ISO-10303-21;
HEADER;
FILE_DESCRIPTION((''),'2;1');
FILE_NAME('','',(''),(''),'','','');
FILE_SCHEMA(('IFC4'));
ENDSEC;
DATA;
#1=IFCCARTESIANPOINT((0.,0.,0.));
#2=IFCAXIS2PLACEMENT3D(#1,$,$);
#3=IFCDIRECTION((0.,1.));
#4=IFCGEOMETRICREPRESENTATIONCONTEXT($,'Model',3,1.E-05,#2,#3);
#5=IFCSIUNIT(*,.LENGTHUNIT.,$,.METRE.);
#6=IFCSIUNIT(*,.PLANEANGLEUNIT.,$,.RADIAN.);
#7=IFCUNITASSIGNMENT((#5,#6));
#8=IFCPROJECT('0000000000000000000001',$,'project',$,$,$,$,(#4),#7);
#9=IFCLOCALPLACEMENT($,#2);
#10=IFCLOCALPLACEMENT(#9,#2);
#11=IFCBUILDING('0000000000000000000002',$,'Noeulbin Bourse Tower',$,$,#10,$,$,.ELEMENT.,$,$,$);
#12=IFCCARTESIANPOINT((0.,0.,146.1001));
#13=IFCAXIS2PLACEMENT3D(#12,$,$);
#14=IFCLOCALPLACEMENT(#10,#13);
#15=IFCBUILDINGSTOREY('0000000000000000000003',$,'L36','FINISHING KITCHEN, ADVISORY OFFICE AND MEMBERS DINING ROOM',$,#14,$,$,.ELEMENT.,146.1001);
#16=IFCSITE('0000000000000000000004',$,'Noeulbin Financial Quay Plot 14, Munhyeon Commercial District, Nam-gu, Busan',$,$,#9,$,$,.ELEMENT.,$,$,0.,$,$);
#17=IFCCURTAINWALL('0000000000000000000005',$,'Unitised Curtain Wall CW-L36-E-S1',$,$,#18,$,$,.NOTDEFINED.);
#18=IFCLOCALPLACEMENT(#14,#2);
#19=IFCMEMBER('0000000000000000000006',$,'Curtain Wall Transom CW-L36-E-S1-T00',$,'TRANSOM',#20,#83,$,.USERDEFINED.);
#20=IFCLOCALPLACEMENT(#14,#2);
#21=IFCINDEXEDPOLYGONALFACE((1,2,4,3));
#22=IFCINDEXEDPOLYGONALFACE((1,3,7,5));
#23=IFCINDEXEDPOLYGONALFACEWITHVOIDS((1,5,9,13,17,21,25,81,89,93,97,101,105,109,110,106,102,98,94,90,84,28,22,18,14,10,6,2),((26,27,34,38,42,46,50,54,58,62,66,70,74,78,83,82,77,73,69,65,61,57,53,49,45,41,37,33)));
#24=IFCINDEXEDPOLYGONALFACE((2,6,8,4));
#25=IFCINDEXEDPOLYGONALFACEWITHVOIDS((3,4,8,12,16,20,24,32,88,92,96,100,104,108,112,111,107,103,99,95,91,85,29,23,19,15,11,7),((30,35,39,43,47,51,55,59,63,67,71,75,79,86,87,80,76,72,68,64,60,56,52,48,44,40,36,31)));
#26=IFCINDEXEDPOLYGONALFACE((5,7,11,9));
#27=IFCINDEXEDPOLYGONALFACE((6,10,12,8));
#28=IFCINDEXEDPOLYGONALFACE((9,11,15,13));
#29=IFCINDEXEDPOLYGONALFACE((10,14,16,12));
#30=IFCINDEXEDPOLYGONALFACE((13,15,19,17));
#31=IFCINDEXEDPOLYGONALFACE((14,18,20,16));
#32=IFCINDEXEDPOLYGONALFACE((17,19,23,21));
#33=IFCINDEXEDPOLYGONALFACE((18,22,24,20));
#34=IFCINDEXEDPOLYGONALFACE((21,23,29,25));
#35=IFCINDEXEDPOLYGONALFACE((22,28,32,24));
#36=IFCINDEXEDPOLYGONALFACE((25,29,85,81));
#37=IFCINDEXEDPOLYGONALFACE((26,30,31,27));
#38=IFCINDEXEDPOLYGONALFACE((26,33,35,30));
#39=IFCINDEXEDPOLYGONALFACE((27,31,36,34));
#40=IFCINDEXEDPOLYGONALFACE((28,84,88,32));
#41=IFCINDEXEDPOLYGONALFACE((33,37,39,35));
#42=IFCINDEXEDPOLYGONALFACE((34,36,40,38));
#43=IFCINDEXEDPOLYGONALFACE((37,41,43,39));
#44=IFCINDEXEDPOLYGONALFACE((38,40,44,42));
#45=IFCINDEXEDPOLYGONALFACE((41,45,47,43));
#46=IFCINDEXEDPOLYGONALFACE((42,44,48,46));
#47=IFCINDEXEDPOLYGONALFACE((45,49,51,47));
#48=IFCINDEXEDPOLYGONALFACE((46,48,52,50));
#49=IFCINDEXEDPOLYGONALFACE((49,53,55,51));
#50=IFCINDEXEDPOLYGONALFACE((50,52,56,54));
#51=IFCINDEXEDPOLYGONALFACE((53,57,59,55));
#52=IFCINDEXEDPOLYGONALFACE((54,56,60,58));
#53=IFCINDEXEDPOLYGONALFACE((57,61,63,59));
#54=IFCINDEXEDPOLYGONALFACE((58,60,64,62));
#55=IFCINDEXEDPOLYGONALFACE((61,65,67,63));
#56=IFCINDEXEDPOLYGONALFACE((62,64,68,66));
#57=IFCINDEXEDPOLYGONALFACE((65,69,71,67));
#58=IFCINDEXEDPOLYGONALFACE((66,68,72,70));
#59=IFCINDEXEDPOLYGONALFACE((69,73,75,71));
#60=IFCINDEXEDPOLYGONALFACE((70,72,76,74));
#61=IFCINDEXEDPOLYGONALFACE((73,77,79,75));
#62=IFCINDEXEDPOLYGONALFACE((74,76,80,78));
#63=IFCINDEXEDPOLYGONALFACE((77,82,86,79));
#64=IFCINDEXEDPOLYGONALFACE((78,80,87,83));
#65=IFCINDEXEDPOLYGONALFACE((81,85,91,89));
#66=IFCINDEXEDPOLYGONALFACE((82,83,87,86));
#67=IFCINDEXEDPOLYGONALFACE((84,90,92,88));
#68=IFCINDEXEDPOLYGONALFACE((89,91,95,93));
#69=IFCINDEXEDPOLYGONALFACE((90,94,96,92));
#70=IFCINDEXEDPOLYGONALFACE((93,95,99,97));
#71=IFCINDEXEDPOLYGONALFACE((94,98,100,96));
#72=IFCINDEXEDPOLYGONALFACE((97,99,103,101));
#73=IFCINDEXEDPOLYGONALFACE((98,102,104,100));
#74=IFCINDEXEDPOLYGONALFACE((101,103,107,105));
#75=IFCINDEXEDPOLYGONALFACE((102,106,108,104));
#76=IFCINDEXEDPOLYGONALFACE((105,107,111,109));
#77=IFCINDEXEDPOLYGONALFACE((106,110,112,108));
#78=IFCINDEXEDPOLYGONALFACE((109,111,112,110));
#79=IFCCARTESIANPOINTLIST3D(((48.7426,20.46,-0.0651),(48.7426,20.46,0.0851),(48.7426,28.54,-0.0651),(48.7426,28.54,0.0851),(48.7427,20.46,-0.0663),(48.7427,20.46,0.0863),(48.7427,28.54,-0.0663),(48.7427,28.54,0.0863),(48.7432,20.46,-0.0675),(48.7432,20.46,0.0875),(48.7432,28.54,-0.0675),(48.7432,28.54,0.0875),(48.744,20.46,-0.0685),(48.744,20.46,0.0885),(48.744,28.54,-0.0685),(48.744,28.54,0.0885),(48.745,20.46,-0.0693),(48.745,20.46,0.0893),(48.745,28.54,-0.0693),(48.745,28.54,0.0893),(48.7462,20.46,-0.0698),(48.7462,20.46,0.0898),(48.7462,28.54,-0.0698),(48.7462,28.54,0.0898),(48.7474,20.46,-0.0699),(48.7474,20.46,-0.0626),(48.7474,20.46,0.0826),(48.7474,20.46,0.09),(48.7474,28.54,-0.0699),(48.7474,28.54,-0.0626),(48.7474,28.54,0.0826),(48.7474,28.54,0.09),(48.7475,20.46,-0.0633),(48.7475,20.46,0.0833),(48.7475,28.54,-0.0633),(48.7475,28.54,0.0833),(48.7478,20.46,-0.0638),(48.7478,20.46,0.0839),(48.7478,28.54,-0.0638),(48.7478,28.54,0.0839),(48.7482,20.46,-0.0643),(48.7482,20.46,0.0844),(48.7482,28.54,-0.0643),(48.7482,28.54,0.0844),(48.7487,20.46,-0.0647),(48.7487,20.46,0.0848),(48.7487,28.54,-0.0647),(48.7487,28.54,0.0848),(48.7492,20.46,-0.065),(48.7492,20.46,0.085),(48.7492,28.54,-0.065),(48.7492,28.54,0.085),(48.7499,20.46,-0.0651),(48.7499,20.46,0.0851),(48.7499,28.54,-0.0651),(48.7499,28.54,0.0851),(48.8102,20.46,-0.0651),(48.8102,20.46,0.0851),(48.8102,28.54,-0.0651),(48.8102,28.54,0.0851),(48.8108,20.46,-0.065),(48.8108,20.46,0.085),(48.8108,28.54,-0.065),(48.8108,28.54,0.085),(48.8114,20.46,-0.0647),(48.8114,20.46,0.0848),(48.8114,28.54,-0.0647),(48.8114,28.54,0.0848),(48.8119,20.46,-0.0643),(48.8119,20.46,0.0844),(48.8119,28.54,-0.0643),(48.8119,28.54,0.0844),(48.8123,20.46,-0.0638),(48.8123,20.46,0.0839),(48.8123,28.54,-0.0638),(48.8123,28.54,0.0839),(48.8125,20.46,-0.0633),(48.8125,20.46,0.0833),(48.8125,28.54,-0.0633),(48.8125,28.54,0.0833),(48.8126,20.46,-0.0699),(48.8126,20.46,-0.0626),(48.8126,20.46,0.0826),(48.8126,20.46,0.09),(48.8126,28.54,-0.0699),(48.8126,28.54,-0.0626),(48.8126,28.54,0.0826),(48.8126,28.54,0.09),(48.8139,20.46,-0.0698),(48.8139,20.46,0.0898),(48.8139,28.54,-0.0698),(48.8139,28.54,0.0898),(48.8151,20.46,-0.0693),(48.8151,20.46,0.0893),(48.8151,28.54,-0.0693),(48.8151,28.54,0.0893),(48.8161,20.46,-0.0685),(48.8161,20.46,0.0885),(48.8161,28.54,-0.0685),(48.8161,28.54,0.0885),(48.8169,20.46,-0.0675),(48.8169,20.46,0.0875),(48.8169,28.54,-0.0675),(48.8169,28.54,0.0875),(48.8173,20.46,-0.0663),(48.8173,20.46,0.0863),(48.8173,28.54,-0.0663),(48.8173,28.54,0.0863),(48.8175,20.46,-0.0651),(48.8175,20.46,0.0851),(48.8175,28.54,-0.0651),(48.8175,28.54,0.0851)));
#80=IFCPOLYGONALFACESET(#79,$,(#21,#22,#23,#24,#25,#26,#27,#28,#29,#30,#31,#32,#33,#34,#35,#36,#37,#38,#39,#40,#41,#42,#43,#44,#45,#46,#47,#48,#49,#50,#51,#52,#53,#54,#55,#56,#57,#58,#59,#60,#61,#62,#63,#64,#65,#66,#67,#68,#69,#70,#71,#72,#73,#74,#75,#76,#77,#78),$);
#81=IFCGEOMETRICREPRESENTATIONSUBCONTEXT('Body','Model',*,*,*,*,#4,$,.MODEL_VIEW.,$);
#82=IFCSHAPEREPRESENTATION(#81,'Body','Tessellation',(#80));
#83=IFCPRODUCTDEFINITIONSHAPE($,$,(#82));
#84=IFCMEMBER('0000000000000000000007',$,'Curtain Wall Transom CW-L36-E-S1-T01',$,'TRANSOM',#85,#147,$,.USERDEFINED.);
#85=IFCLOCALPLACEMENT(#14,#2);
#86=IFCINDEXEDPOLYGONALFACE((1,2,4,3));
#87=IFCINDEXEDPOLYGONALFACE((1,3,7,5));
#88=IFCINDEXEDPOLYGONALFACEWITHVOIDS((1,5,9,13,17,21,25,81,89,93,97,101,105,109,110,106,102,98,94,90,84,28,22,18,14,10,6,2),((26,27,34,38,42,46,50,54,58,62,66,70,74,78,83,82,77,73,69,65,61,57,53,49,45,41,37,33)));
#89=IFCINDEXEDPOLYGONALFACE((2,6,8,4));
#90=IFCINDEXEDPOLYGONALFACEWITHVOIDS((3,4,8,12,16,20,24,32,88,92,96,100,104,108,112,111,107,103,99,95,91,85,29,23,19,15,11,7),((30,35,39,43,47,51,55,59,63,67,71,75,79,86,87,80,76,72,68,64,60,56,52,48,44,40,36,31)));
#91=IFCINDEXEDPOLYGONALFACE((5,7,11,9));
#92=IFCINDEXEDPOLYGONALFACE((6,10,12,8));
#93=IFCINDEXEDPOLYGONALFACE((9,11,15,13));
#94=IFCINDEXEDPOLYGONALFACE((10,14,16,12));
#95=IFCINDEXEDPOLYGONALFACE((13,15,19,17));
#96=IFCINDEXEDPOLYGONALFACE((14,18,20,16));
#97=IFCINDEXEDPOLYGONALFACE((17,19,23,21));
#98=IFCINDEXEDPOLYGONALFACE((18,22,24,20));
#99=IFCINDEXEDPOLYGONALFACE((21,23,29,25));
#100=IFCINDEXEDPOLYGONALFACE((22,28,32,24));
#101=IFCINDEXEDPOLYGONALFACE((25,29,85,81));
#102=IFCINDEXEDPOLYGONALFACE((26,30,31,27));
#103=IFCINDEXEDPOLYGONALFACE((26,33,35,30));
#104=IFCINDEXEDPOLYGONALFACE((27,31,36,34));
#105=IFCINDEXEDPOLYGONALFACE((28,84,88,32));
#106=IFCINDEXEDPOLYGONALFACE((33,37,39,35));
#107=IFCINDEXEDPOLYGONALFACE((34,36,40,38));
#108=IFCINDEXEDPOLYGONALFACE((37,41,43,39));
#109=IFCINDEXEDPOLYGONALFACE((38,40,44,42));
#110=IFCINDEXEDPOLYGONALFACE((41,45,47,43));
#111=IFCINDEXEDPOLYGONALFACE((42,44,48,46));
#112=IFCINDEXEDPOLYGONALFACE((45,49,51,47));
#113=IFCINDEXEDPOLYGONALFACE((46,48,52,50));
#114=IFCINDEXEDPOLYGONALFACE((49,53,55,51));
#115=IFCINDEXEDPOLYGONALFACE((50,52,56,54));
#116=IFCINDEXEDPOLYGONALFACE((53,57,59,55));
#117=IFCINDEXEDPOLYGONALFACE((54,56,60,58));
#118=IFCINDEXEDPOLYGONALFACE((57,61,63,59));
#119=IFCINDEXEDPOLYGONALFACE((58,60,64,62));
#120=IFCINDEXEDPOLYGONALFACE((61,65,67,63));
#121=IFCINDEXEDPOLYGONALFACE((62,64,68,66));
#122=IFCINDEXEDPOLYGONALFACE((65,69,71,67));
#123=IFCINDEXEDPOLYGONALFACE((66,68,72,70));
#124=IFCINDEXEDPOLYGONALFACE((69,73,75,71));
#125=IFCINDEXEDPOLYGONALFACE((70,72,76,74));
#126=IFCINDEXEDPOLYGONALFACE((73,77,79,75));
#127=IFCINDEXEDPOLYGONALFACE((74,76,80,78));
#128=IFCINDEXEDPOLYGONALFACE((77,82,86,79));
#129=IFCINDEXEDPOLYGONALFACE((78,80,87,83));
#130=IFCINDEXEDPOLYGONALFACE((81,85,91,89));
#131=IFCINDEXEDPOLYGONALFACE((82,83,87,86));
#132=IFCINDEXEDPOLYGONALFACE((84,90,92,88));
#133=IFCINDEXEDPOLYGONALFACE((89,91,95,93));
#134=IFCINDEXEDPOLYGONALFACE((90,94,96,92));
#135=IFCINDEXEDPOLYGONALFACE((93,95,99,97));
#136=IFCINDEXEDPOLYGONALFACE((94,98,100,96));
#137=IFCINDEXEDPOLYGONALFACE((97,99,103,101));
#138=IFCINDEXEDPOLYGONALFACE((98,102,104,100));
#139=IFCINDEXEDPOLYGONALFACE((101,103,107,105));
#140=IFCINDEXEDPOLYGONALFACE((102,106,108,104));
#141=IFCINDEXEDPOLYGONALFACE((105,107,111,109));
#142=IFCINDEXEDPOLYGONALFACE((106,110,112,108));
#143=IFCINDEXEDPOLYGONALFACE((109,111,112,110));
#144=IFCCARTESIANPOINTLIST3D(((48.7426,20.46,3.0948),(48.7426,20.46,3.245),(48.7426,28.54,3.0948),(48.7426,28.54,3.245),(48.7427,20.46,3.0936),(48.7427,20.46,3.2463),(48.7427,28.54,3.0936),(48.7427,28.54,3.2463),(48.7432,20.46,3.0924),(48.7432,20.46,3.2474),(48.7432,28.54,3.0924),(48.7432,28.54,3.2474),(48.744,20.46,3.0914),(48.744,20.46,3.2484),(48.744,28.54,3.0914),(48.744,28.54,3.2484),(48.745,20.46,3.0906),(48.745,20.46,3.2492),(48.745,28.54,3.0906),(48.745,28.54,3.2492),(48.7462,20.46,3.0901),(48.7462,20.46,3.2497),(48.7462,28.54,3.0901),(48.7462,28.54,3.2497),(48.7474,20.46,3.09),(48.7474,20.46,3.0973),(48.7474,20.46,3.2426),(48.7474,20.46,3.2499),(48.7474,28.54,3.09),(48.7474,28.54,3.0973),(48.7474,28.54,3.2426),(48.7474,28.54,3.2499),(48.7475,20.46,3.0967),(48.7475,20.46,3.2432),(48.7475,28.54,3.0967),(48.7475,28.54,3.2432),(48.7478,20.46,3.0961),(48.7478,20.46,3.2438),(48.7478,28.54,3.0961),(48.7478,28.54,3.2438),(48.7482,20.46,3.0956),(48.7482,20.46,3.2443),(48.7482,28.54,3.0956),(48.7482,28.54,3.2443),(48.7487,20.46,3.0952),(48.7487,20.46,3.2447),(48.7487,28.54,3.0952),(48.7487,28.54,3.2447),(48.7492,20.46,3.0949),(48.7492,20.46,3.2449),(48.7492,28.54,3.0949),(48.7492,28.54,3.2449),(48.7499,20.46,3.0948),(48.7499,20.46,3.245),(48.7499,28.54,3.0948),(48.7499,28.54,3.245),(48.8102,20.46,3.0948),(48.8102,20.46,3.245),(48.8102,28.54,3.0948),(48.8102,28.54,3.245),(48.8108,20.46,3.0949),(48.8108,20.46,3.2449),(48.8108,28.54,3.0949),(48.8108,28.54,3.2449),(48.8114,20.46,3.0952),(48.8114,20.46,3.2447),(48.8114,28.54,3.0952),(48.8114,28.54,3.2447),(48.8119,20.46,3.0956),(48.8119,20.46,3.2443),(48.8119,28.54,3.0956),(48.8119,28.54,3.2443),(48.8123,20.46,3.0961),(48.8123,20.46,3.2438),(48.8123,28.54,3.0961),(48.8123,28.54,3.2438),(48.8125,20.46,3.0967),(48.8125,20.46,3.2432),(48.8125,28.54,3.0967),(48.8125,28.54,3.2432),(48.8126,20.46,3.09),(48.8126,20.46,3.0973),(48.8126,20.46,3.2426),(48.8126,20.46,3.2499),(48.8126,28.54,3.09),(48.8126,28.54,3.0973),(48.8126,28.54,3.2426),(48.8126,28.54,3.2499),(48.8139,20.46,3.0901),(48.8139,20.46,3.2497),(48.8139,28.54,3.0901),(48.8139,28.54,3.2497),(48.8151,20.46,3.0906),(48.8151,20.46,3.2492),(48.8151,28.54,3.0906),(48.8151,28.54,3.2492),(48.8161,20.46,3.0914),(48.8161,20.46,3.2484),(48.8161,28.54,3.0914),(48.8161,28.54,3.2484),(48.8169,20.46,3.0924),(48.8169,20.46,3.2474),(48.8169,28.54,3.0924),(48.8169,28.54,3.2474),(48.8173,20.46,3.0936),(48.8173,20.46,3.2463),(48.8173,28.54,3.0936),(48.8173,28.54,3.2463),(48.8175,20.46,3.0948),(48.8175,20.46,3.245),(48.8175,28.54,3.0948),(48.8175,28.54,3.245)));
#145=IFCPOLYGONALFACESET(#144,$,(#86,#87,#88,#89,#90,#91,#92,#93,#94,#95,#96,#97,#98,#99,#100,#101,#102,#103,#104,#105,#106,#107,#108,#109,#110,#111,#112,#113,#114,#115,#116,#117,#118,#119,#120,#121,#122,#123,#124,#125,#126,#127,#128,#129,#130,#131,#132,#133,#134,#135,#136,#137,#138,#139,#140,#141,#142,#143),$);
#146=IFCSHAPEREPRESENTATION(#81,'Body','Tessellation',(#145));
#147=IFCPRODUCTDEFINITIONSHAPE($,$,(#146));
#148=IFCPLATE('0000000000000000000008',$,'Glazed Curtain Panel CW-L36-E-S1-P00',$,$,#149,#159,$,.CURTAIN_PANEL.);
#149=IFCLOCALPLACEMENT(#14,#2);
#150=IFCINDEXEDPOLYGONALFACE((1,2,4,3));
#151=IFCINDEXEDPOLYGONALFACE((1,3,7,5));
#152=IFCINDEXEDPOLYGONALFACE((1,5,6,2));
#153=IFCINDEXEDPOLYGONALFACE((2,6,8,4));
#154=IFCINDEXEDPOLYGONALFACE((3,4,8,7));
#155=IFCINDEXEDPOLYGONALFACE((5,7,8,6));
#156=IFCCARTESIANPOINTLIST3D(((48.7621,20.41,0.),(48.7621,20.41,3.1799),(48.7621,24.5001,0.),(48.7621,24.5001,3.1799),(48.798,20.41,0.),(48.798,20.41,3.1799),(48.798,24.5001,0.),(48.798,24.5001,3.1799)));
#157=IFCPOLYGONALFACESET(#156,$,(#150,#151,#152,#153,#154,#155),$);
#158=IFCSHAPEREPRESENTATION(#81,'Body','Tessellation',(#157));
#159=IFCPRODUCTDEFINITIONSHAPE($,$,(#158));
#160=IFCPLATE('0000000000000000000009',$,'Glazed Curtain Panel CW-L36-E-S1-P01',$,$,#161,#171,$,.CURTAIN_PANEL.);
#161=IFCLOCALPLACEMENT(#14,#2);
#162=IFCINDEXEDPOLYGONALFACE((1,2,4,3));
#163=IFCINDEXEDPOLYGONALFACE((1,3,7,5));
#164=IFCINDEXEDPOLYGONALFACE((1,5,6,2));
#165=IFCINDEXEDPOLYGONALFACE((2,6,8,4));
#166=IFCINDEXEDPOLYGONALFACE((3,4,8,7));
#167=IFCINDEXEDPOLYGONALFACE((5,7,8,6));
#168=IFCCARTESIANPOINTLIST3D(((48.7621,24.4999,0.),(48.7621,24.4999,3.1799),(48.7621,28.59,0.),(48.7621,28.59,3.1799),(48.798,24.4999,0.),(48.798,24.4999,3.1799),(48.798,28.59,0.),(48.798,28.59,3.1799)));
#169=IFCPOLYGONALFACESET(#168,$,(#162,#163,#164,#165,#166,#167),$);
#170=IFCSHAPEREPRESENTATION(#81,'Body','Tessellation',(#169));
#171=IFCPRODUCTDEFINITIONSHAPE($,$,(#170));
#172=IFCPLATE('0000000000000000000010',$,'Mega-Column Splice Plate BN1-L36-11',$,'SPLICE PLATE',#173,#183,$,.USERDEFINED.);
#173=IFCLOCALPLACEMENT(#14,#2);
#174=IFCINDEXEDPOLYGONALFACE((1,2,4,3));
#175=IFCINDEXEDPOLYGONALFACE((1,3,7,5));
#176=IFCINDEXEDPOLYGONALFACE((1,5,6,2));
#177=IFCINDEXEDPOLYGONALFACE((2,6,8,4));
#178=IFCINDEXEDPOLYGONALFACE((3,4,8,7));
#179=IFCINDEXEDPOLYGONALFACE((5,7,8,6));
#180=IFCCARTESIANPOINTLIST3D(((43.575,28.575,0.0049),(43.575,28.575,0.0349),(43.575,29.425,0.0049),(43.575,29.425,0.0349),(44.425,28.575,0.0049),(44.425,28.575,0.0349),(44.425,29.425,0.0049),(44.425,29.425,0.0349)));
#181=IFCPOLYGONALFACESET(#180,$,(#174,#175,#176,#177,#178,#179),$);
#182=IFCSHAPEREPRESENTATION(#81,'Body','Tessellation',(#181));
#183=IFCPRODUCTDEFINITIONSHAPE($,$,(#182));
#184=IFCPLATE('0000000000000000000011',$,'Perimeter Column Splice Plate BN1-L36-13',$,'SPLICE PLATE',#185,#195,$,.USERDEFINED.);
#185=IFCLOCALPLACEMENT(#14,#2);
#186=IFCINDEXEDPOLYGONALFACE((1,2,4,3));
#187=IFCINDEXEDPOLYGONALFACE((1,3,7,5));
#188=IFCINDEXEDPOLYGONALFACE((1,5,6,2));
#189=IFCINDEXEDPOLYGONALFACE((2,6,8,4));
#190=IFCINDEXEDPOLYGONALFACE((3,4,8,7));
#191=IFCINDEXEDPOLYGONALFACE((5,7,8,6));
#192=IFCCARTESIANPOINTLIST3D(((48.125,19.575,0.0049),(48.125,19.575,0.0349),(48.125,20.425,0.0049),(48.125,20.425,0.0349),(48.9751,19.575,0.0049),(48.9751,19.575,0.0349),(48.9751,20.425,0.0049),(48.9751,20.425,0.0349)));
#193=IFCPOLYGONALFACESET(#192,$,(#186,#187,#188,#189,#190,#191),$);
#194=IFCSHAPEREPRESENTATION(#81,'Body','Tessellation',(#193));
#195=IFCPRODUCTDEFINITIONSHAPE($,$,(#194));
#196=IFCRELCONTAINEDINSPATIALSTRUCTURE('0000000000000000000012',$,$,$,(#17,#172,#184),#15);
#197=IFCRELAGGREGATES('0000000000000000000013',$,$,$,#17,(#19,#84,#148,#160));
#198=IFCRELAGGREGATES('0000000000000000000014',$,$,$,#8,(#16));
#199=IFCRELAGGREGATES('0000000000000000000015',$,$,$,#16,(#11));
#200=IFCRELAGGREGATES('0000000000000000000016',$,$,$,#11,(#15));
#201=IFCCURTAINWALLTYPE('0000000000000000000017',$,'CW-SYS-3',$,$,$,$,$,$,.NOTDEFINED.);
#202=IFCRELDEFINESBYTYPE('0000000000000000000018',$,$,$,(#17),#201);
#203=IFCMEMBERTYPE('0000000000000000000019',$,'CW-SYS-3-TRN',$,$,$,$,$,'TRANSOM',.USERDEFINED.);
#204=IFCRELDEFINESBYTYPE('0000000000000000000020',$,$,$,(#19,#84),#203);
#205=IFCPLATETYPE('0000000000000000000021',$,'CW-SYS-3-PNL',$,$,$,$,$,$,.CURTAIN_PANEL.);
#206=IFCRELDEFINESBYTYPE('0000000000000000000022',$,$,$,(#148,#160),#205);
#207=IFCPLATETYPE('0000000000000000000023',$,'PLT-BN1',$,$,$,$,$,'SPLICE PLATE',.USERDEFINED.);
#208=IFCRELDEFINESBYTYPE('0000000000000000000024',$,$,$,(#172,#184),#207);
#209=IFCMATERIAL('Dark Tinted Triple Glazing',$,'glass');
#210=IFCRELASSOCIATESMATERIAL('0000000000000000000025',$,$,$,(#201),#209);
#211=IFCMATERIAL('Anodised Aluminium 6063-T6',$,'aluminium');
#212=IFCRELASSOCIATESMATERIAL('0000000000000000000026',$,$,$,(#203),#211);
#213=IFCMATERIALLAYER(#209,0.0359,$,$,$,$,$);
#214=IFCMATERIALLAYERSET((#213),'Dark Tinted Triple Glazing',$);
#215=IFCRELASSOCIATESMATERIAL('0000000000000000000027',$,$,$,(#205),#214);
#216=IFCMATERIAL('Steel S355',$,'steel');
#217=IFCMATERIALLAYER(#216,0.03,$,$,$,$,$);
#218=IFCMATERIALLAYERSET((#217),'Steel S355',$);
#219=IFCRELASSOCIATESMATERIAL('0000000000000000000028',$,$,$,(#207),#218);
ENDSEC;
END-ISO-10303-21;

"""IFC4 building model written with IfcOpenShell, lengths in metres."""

from ifc_helpers import new_model, si_unit, direction, frame, origin, origin_2d, place, context, subcontext, project, spatial, rectangle, hollow_rectangle, extrude, material, layer, layer_set, material_profile, profile_set, type_object, element, aggregate, save


model = new_model("IFC4")

# Units and contexts
model_context = context("Model", 3, precision=1e-05, world=origin(), true_north=direction((0.0, 1.0)))
body_context = subcontext(model_context, "Body", "Model", "MODEL_VIEW")
ifc_project = project(units=[si_unit("LENGTHUNIT", "METRE"), si_unit("PLANEANGLEUNIT", "RADIAN")], contexts=[model_context])

# Site, building, storey
site_placement = place(None, origin())
site = spatial("IfcSite", under=ifc_project, at=site_placement, Name="Noeulbin Financial Quay Plot 14, Munhyeon Commercial District, Nam-gu, Busan", CompositionType="ELEMENT", RefElevation=0.0)
building_placement = place(site_placement, origin())
building = spatial("IfcBuilding", under=site, at=building_placement, Name="Noeulbin Bourse Tower", CompositionType="ELEMENT")
storey_placement = place(building_placement, frame((0.0, 0.0, 146.1001)))
storey = spatial("IfcBuildingStorey", under=building, at=storey_placement, Name="L36", Description="FINISHING KITCHEN, ADVISORY OFFICE AND MEMBERS DINING ROOM", CompositionType="ELEMENT", Elevation=146.1001)

# Shared definitions
ifc_material_1 = material(Name="Steel S355", Category="steel")

# Curtain wall, members, plates
ifc_material_2 = material(Name="Dark Tinted Triple Glazing", Category="glass")
curtain_wall_type = type_object("IfcCurtainWallType", Name="CW-SYS-3", PredefinedType="NOTDEFINED", material=ifc_material_2)
curtain_wall_placement = place(storey_placement, origin())
curtain_wall = element("IfcCurtainWall", 1, at=curtain_wall_placement, inside=storey, type_object=curtain_wall_type, Name="Unitised Curtain Wall CW-L36-E-S1", PredefinedType="NOTDEFINED")
ifc_material_3 = material(Name="Anodised Aluminium 6063-T6", Category="aluminium")
ifc_material_profile_1 = material_profile(ifc_material_3, hollow_rectangle(XDim=0.075, YDim=0.1599, WallThickness=0.0049, InnerFilletRadius=0.0024, OuterFilletRadius=0.0049, at=origin_2d()), Name="ALU-TRAN-75x160x5", Category="LoadBearing")
ifc_profile_set_1 = profile_set([ifc_material_profile_1], Name="Anodised Aluminium 6063-T6")
member_type_1 = type_object("IfcMemberType", Name="CW-SYS-3-TRN", ElementType="TRANSOM", PredefinedType="USERDEFINED", material=ifc_profile_set_1)
member_1_placement = place(storey_placement, frame((48.78, 20.46, 0.01), z_axis=(0.0, 1.0, 0.0), x_axis=(-1.0, 0.0, 0.0)))
member_1 = element("IfcMember", 2, at=member_1_placement, type_object=member_type_1, Name="Curtain Wall Transom CW-L36-E-S1-T00", ObjectType="TRANSOM", PredefinedType="USERDEFINED", context=body_context, shape_type="SweptSolid", body=[
    extrude(hollow_rectangle(XDim=0.075, YDim=0.1599, WallThickness=0.0049, InnerFilletRadius=0.0024, OuterFilletRadius=0.0049, at=origin_2d()), origin(), (0.0, 0.0, 1.0), 8.0801),
])
member_2_placement = place(storey_placement, frame((48.78, 20.46, 3.1699), z_axis=(0.0, 1.0, 0.0), x_axis=(-1.0, 0.0, 0.0)))
member_2 = element("IfcMember", 3, at=member_2_placement, type_object=member_type_1, Name="Curtain Wall Transom CW-L36-E-S1-T01", ObjectType="TRANSOM", PredefinedType="USERDEFINED", context=body_context, shape_type="SweptSolid", body=[
    extrude(hollow_rectangle(XDim=0.075, YDim=0.1599, WallThickness=0.0049, InnerFilletRadius=0.0024, OuterFilletRadius=0.0049, at=origin_2d()), origin(), (0.0, 0.0, 1.0), 8.0801),
])
ifc_layer_1 = layer(ifc_material_2, 0.0359)
ifc_layer_set_1 = layer_set([ifc_layer_1], Name="Dark Tinted Triple Glazing")
plate_type_1 = type_object("IfcPlateType", Name="CW-SYS-3-PNL", PredefinedType="CURTAIN_PANEL", material=ifc_layer_set_1)
plate_1_placement = place(storey_placement, frame((48.78, 22.4551, 0.0), z_axis=(0.0, 0.0, 1.0), x_axis=(0.0, 1.0, 0.0)))
plate_1 = element("IfcPlate", 4, at=plate_1_placement, type_object=plate_type_1, Name="Glazed Curtain Panel CW-L36-E-S1-P00", PredefinedType="CURTAIN_PANEL", context=body_context, shape_type="SweptSolid", body=[
    extrude(rectangle(XDim=4.0901, YDim=0.0359, at=origin_2d()), origin(), (0.0, 0.0, 1.0), 3.1799),
])
plate_2_placement = place(storey_placement, frame((48.78, 26.5449, 0.0), z_axis=(0.0, 0.0, 1.0), x_axis=(0.0, 1.0, 0.0)))
plate_2 = element("IfcPlate", 5, at=plate_2_placement, type_object=plate_type_1, Name="Glazed Curtain Panel CW-L36-E-S1-P01", PredefinedType="CURTAIN_PANEL", context=body_context, shape_type="SweptSolid", body=[
    extrude(rectangle(XDim=4.0901, YDim=0.0359, at=origin_2d()), origin(), (0.0, 0.0, 1.0), 3.1799),
])
aggregate(curtain_wall, [member_1, member_2, plate_1, plate_2])

# Plates
ifc_layer_2 = layer(ifc_material_1, 0.03)
ifc_layer_set_2 = layer_set([ifc_layer_2], Name="Steel S355")
plate_type_2 = type_object("IfcPlateType", Name="PLT-BN1", ElementType="SPLICE PLATE", PredefinedType="USERDEFINED", material=ifc_layer_set_2)
for number, where, z_axis, x_axis, name in (
    (6, (44.0, 29.0, 0.0049), (0.0, 0.0, 1.0), (1.0, 0.0, 0.0), "Mega-Column Splice Plate BN1-L36-11"),
    (7, (48.55, 20.0, 0.0049), (0.0, 0.0, 1.0), (1.0, 0.0, 0.0), "Perimeter Column Splice Plate BN1-L36-13"),
):
    element("IfcPlate", number, at=place(storey_placement, frame(where, z_axis=z_axis, x_axis=x_axis)), inside=storey, type_object=plate_type_2, Name=name, ObjectType="SPLICE PLATE", PredefinedType="USERDEFINED", context=body_context, shape_type="SweptSolid", body=[
        extrude(rectangle(XDim=0.8501, YDim=0.8501, at=origin_2d()), origin(), (0.0, 0.0, 1.0), 0.03),
    ])

save(model, "model.ifc")
